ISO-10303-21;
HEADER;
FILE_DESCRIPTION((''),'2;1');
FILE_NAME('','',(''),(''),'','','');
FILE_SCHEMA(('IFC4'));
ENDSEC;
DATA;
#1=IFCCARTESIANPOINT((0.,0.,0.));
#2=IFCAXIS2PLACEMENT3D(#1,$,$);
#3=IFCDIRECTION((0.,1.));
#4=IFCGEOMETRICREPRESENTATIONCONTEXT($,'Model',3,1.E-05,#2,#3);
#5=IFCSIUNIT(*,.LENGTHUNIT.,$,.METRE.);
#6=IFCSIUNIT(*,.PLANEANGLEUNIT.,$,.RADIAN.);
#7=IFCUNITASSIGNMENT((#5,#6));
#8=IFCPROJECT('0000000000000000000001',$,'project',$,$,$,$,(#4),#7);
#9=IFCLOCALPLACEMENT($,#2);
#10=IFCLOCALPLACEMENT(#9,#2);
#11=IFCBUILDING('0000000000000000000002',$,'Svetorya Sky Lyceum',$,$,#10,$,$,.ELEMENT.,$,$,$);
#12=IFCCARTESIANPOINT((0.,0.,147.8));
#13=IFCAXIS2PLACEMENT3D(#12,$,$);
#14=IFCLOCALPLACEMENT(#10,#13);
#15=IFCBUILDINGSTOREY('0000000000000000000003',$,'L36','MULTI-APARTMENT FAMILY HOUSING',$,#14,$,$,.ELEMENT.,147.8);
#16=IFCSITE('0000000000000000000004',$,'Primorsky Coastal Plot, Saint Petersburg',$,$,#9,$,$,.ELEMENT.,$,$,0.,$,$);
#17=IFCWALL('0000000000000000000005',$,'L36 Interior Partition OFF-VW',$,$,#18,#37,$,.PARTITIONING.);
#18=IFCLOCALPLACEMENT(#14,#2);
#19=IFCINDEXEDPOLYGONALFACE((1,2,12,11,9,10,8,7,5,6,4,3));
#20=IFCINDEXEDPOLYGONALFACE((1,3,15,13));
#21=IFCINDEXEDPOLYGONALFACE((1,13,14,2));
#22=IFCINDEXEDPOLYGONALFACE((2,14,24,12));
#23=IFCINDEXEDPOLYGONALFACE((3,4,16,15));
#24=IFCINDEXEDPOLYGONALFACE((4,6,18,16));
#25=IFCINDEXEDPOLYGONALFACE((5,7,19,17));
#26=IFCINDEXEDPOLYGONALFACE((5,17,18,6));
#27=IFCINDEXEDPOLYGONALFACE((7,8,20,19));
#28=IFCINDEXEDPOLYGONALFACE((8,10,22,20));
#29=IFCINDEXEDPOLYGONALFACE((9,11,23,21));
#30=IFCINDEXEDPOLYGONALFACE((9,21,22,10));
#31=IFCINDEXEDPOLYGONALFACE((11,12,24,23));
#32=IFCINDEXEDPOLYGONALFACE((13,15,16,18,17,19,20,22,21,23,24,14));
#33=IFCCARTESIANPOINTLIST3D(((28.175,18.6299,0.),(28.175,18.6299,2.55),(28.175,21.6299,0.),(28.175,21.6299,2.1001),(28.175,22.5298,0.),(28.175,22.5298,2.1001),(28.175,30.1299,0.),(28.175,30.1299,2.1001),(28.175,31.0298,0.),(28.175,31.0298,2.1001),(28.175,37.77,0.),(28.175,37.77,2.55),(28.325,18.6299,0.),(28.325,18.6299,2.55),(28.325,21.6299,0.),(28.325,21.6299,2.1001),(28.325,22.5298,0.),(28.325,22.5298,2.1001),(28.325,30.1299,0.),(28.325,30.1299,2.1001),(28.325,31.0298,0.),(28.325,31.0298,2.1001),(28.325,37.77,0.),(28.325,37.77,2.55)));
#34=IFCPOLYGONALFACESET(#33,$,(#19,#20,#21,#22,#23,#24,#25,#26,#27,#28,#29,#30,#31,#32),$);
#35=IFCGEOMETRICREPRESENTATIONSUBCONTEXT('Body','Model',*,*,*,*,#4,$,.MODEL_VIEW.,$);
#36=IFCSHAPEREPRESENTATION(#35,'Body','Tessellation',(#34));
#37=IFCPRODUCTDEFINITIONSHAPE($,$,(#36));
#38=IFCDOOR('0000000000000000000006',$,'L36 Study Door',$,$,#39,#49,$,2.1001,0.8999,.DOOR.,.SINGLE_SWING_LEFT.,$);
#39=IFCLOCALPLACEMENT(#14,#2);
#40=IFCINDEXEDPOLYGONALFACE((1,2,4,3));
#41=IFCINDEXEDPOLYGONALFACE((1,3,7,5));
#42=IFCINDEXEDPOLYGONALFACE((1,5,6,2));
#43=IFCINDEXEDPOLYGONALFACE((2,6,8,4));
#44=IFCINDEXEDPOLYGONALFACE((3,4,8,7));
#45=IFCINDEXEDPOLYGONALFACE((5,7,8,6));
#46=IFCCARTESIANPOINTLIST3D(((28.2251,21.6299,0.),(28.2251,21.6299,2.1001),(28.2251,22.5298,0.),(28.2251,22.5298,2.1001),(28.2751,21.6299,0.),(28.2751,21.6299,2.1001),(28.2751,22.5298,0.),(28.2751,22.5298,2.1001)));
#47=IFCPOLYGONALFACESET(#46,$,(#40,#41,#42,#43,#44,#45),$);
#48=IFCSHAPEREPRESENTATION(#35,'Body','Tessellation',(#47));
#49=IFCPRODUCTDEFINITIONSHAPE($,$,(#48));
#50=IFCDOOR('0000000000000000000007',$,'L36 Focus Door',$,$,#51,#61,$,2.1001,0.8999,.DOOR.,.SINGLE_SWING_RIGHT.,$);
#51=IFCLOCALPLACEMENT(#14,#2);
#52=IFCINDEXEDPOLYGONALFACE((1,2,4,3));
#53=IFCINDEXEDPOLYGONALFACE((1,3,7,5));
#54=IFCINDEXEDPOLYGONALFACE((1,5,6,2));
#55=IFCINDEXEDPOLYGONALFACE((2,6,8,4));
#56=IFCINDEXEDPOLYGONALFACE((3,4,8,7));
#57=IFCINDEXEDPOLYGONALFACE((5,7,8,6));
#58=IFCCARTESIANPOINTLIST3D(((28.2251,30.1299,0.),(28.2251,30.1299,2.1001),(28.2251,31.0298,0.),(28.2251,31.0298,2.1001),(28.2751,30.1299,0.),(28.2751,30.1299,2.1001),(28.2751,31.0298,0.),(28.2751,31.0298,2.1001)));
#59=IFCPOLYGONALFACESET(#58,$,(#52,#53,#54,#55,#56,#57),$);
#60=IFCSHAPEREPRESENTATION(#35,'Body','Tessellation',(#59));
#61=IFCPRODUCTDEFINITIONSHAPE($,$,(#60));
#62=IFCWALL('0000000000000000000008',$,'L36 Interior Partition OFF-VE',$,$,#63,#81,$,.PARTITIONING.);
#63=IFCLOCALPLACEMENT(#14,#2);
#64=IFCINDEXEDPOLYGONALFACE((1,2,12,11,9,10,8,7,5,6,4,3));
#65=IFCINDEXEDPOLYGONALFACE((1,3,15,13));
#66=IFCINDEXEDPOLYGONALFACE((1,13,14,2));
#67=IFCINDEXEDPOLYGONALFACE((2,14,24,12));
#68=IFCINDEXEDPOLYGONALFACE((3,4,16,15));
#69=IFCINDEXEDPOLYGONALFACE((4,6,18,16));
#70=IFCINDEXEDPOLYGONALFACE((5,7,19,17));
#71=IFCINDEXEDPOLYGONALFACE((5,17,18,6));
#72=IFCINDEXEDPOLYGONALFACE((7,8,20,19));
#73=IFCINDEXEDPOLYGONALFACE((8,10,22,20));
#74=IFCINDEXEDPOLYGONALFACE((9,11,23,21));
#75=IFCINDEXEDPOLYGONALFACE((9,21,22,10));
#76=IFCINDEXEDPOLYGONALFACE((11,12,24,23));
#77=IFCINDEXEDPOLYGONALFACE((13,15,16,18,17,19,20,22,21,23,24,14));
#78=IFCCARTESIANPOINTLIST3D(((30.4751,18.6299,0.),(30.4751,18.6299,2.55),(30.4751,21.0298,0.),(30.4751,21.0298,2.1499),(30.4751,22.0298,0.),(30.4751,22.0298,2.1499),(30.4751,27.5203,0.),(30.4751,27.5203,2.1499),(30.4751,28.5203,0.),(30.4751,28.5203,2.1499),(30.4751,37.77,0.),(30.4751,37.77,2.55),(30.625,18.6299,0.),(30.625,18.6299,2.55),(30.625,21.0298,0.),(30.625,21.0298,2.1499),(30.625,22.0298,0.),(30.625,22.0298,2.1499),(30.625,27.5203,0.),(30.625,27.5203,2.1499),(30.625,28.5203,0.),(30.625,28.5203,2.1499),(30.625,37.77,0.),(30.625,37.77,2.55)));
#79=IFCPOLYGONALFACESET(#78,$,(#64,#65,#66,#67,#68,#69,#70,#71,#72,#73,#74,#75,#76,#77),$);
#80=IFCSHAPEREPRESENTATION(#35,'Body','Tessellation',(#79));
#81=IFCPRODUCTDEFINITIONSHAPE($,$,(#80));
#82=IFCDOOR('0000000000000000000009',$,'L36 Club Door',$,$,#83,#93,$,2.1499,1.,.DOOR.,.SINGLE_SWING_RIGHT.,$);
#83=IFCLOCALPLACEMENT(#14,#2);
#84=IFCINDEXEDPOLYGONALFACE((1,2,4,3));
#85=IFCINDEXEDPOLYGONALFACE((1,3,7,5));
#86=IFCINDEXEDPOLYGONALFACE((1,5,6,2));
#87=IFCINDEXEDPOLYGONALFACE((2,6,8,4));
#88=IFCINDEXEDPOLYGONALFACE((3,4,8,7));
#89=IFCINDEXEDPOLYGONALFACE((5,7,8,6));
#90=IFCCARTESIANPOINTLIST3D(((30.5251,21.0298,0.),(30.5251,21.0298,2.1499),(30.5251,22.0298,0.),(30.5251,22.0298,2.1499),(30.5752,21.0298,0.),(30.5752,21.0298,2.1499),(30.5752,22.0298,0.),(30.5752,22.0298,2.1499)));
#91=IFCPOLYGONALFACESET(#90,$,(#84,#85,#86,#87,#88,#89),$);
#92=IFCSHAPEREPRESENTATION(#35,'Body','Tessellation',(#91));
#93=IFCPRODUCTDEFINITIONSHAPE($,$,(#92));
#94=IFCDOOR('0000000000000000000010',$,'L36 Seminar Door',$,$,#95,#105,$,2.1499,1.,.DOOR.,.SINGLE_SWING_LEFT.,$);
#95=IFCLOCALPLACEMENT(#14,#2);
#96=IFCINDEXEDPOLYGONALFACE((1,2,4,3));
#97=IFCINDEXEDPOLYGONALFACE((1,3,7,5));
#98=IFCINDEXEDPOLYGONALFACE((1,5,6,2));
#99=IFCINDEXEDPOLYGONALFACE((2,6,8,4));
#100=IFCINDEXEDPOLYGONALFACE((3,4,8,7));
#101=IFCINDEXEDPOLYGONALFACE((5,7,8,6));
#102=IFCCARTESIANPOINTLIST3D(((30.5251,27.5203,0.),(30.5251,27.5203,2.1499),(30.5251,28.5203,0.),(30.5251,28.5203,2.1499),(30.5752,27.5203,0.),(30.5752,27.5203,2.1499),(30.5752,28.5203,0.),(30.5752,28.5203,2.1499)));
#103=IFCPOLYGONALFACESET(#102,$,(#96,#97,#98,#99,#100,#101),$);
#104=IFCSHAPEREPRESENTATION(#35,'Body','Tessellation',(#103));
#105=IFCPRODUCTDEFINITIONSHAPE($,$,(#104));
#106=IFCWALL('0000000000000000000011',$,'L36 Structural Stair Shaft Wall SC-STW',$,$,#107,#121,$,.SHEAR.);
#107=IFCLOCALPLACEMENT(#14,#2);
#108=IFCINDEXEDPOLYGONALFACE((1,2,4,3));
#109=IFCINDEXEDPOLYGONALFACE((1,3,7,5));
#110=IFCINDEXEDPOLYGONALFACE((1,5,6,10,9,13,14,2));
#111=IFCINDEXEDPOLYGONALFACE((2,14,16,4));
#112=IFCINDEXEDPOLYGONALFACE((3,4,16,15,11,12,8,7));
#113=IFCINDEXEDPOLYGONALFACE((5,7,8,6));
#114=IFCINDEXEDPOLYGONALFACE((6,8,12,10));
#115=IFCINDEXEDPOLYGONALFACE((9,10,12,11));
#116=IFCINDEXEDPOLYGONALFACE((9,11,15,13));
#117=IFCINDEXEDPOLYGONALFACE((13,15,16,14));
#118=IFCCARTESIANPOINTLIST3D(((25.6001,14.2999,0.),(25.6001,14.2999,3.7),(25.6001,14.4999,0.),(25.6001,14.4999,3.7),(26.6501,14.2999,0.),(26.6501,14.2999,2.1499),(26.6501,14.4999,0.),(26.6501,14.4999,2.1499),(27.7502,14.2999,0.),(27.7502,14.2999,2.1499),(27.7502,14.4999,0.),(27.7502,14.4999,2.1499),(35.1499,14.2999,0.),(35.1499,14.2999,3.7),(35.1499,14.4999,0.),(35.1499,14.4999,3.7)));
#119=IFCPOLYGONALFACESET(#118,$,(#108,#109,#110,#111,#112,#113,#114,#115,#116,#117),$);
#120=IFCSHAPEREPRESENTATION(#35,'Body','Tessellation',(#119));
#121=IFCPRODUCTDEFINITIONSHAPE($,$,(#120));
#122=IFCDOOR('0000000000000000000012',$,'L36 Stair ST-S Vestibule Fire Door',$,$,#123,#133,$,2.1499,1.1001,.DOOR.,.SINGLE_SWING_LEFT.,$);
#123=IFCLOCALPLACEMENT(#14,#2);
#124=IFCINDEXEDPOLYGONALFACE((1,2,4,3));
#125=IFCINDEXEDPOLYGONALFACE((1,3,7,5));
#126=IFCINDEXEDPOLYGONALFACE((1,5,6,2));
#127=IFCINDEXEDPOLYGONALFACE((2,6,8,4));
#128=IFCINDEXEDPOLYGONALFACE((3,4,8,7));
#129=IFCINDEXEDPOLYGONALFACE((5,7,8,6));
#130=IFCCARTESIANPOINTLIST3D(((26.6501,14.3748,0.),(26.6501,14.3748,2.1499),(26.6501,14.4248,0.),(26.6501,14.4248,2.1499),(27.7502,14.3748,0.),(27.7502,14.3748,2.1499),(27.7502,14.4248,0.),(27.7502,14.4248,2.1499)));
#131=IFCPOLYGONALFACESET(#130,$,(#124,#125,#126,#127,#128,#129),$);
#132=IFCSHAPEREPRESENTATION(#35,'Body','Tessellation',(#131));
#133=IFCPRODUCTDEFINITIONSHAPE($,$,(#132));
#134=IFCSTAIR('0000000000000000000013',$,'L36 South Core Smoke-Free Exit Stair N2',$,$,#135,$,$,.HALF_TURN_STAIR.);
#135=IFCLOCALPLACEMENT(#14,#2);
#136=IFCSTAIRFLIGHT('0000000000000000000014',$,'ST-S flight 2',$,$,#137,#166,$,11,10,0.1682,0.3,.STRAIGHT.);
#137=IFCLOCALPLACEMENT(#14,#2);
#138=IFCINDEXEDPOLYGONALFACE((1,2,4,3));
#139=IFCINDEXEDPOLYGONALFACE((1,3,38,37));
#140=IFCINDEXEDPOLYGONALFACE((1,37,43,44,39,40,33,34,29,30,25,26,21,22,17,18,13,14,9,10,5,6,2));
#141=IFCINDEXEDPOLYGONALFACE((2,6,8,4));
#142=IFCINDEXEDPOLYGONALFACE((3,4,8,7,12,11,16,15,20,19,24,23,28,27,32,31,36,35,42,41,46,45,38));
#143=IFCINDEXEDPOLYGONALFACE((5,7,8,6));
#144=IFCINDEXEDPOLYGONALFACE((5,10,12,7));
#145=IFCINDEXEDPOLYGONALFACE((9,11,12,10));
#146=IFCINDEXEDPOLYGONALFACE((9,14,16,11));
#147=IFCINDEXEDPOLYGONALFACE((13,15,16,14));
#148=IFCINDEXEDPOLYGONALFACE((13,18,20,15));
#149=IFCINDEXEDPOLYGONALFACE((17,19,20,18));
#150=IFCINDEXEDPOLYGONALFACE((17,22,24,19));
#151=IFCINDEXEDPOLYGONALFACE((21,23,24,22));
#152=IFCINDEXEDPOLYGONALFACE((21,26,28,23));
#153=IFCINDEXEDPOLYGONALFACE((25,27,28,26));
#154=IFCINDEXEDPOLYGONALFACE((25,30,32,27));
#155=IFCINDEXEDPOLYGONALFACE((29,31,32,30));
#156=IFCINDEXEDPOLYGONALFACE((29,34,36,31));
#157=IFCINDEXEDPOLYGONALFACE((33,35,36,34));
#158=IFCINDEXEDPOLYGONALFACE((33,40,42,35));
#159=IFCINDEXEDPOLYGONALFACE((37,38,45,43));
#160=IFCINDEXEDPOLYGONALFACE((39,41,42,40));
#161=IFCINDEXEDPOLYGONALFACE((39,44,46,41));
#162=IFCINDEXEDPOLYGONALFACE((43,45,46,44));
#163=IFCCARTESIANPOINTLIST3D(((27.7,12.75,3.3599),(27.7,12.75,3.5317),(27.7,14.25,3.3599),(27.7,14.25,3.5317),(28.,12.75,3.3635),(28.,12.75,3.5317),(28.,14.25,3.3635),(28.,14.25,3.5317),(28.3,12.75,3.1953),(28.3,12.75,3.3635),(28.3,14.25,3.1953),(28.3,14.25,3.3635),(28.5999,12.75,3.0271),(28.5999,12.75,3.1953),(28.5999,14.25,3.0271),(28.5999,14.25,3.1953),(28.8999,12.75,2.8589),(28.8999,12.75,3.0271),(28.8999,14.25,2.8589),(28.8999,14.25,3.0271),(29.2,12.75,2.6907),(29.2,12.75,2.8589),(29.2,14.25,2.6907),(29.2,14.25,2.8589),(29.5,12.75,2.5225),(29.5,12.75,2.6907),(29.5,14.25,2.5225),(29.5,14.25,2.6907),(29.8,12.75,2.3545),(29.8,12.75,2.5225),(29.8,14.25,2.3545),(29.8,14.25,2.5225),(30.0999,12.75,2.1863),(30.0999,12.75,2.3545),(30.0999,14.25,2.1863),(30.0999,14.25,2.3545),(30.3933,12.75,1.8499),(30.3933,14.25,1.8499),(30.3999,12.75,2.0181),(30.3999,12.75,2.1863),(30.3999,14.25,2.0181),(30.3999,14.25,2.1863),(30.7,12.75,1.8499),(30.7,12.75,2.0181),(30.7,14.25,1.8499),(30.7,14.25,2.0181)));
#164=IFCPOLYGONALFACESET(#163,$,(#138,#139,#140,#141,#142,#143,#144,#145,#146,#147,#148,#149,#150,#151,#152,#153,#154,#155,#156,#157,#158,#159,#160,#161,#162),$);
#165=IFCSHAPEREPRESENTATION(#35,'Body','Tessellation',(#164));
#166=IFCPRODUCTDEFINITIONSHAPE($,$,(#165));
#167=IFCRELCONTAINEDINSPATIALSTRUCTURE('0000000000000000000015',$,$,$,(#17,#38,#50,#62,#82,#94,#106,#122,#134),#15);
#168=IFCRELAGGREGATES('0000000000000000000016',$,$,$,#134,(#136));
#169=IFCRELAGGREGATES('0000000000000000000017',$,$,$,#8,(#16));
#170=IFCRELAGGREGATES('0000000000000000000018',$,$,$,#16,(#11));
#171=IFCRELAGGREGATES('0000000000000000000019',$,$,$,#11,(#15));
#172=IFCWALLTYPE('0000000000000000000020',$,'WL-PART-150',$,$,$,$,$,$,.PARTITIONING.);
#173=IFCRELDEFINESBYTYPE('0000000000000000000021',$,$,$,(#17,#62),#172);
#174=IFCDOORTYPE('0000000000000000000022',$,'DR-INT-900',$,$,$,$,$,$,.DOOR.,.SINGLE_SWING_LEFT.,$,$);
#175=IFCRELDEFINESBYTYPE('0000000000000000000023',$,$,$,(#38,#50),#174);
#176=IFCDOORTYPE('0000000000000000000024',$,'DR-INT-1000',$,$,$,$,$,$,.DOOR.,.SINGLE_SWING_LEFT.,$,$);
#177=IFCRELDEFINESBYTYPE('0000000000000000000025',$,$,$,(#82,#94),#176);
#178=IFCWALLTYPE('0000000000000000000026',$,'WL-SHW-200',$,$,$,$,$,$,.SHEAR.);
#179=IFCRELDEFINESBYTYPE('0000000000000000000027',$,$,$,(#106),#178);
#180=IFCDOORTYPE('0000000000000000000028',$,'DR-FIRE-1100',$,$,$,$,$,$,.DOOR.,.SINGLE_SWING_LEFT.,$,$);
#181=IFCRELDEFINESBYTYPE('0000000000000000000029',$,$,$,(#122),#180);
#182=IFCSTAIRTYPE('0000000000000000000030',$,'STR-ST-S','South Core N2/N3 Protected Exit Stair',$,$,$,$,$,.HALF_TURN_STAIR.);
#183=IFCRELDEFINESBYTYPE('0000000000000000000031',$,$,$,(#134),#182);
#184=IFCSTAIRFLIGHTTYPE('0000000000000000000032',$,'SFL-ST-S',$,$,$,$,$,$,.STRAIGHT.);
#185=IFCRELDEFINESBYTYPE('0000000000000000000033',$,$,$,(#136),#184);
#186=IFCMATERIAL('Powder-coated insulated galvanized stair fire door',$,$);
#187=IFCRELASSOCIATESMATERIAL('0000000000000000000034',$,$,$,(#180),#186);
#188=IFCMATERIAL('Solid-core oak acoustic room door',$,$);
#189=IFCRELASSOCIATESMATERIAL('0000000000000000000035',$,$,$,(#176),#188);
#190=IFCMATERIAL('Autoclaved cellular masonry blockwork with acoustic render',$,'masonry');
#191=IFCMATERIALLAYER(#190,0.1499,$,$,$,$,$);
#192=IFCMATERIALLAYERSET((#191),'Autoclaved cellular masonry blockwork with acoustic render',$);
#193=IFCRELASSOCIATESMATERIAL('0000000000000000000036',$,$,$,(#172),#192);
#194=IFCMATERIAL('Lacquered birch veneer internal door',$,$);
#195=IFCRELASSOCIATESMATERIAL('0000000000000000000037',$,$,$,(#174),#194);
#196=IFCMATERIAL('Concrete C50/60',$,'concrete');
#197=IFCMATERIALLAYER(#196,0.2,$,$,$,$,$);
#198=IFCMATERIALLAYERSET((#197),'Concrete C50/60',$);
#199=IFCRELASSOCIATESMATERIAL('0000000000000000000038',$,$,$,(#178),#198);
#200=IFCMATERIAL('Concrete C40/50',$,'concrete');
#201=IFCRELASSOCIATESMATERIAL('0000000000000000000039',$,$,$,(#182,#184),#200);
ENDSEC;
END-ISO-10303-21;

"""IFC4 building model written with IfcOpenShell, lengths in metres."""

from ifc_helpers import new_model, si_unit, direction, frame, frame_2d, origin, place, context, subcontext, project, spatial, polyline, rectangle, outline, extrude, material, layer, layer_set, type_object, element, fill, aggregate, save


model = new_model("IFC4")

# Units and contexts
model_context = context("Model", 3, precision=1e-05, world=origin(), true_north=direction((0.0, 1.0)))
body_context = subcontext(model_context, "Body", "Model", "MODEL_VIEW")
ifc_project = project(units=[si_unit("LENGTHUNIT", "METRE"), si_unit("PLANEANGLEUNIT", "RADIAN")], contexts=[model_context])

# Site, building, storey
site_placement = place(None, origin())
site = spatial("IfcSite", under=ifc_project, at=site_placement, Name="Primorsky Coastal Plot, Saint Petersburg", CompositionType="ELEMENT", RefElevation=0.0)
building_placement = place(site_placement, origin())
building = spatial("IfcBuilding", under=site, at=building_placement, Name="Svetorya Sky Lyceum", CompositionType="ELEMENT")
storey_placement = place(building_placement, frame((0.0, 0.0, 147.8)))
storey = spatial("IfcBuildingStorey", under=building, at=storey_placement, Name="L36", Description="MULTI-APARTMENT FAMILY HOUSING", CompositionType="ELEMENT", Elevation=147.8)

# Shared definitions
ifc_material_1 = material(Name="Concrete C50/60", Category="concrete")

# Shared definitions
ifc_material_2 = material(Name="Powder-coated insulated galvanized stair fire door")
door_type_1 = type_object("IfcDoorType", Name="DR-FIRE-1100", OperationType="SINGLE_SWING_LEFT", PredefinedType="DOOR", material=ifc_material_2)
ifc_material_3 = material(Name="Solid-core oak acoustic room door")
door_type_2 = type_object("IfcDoorType", Name="DR-INT-1000", OperationType="SINGLE_SWING_LEFT", PredefinedType="DOOR", material=ifc_material_3)

# Shared definitions
ifc_material_4 = material(Name="Autoclaved cellular masonry blockwork with acoustic render", Category="masonry")
ifc_layer_1 = layer(ifc_material_4, 0.1499)
ifc_layer_set_1 = layer_set([ifc_layer_1], Name="Autoclaved cellular masonry blockwork with acoustic render")
wall_type_1 = type_object("IfcWallType", Name="WL-PART-150", PredefinedType="PARTITIONING", material=ifc_layer_set_1)

# Walls, openings, doors
wall_1_placement = place(storey_placement, frame((28.25, 18.6299, 0.0), z_axis=(0.0, 0.0, 1.0), x_axis=(0.0, 1.0, 0.0)))
wall_1 = element("IfcWall", 1, at=wall_1_placement, inside=storey, type_object=wall_type_1, Name="L36 Interior Partition OFF-VW", PredefinedType="PARTITIONING", context=body_context, shape_type="SweptSolid", body=[
    extrude(rectangle(XDim=19.1401, YDim=0.1499, at=frame_2d((9.5701, 0.0))), origin(), (0.0, 0.0, 1.0), 2.55),
])
opening_1_placement = place(wall_1_placement, frame((3.0, 0.0, 0.0)))
opening_1 = element("IfcOpeningElement", 2, at=opening_1_placement, cuts=wall_1, PredefinedType="OPENING", context=body_context, shape_type="SweptSolid", body=[
    extrude(rectangle(XDim=0.8999, YDim=2.1001, at=frame_2d((0.45, 1.05))), frame((0.0, 0.085, 0.0), z_axis=(0.0, -1.0, 0.0), x_axis=(1.0, 0.0, 0.0)), (0.0, 0.0, 1.0), 0.1699),
])
opening_2_placement = place(wall_1_placement, frame((11.5, 0.0, 0.0)))
opening_2 = element("IfcOpeningElement", 3, at=opening_2_placement, cuts=wall_1, PredefinedType="OPENING", context=body_context, shape_type="SweptSolid", body=[
    extrude(rectangle(XDim=0.8999, YDim=2.1001, at=frame_2d((0.45, 1.05))), frame((0.0, 0.085, 0.0), z_axis=(0.0, -1.0, 0.0), x_axis=(1.0, 0.0, 0.0)), (0.0, 0.0, 1.0), 0.1699),
])
ifc_material_5 = material(Name="Lacquered birch veneer internal door")
door_type_3 = type_object("IfcDoorType", Name="DR-INT-900", OperationType="SINGLE_SWING_LEFT", PredefinedType="DOOR", material=ifc_material_5)
door_1_placement = place(opening_1_placement, origin())
door_1 = element("IfcDoor", 4, at=door_1_placement, inside=storey, type_object=door_type_3, Name="L36 Study Door", OperationType="SINGLE_SWING_LEFT", OverallHeight=2.1001, OverallWidth=0.8999, PredefinedType="DOOR", context=body_context, shape_type="SweptSolid", body=[
    extrude(rectangle(XDim=0.8999, YDim=2.1001, at=frame_2d((0.45, 1.05))), frame((0.0, 0.0249, 0.0), z_axis=(0.0, -1.0, 0.0), x_axis=(1.0, 0.0, 0.0)), (0.0, 0.0, 1.0), 0.05),
])
fill(opening_1, door_1)
door_2_placement = place(opening_2_placement, origin())
door_2 = element("IfcDoor", 5, at=door_2_placement, inside=storey, type_object=door_type_3, Name="L36 Focus Door", OperationType="SINGLE_SWING_RIGHT", OverallHeight=2.1001, OverallWidth=0.8999, PredefinedType="DOOR", context=body_context, shape_type="SweptSolid", body=[
    extrude(rectangle(XDim=0.8999, YDim=2.1001, at=frame_2d((0.45, 1.05))), frame((0.0, 0.0249, 0.0), z_axis=(0.0, -1.0, 0.0), x_axis=(1.0, 0.0, 0.0)), (0.0, 0.0, 1.0), 0.05),
])
fill(opening_2, door_2)
wall_2_placement = place(storey_placement, frame((30.55, 18.6299, 0.0), z_axis=(0.0, 0.0, 1.0), x_axis=(0.0, 1.0, 0.0)))
wall_2 = element("IfcWall", 6, at=wall_2_placement, inside=storey, type_object=wall_type_1, Name="L36 Interior Partition OFF-VE", PredefinedType="PARTITIONING", context=body_context, shape_type="SweptSolid", body=[
    extrude(rectangle(XDim=19.1401, YDim=0.1499, at=frame_2d((9.5701, 0.0))), origin(), (0.0, 0.0, 1.0), 2.55),
])
opening_3_placement = place(wall_2_placement, frame((2.3999, 0.0, 0.0)))
opening_3 = element("IfcOpeningElement", 7, at=opening_3_placement, cuts=wall_2, PredefinedType="OPENING", context=body_context, shape_type="SweptSolid", body=[
    extrude(rectangle(XDim=1.0, YDim=2.1499, at=frame_2d((0.5, 1.075))), frame((0.0, 0.085, 0.0), z_axis=(0.0, -1.0, 0.0), x_axis=(1.0, 0.0, 0.0)), (0.0, 0.0, 1.0), 0.1699),
])
opening_4_placement = place(wall_2_placement, frame((8.8904, 0.0, 0.0)))
opening_4 = element("IfcOpeningElement", 8, at=opening_4_placement, cuts=wall_2, PredefinedType="OPENING", context=body_context, shape_type="SweptSolid", body=[
    extrude(rectangle(XDim=1.0, YDim=2.1499, at=frame_2d((0.5, 1.075))), frame((0.0, 0.085, 0.0), z_axis=(0.0, -1.0, 0.0), x_axis=(1.0, 0.0, 0.0)), (0.0, 0.0, 1.0), 0.1699),
])
door_3_placement = place(opening_3_placement, origin())
door_3 = element("IfcDoor", 9, at=door_3_placement, inside=storey, type_object=door_type_2, Name="L36 Club Door", OperationType="SINGLE_SWING_RIGHT", OverallHeight=2.1499, OverallWidth=1.0, PredefinedType="DOOR", context=body_context, shape_type="SweptSolid", body=[
    extrude(rectangle(XDim=1.0, YDim=2.1499, at=frame_2d((0.5, 1.075))), frame((0.0, 0.0249, 0.0), z_axis=(0.0, -1.0, 0.0), x_axis=(1.0, 0.0, 0.0)), (0.0, 0.0, 1.0), 0.05),
])
fill(opening_3, door_3)
door_4_placement = place(opening_4_placement, origin())
door_4 = element("IfcDoor", 10, at=door_4_placement, inside=storey, type_object=door_type_2, Name="L36 Seminar Door", OperationType="SINGLE_SWING_LEFT", OverallHeight=2.1499, OverallWidth=1.0, PredefinedType="DOOR", context=body_context, shape_type="SweptSolid", body=[
    extrude(rectangle(XDim=1.0, YDim=2.1499, at=frame_2d((0.5, 1.075))), frame((0.0, 0.0249, 0.0), z_axis=(0.0, -1.0, 0.0), x_axis=(1.0, 0.0, 0.0)), (0.0, 0.0, 1.0), 0.05),
])
fill(opening_4, door_4)

# Wall, opening, door
ifc_layer_2 = layer(ifc_material_1, 0.2)
ifc_layer_set_2 = layer_set([ifc_layer_2], Name="Concrete C50/60")
wall_type_2 = type_object("IfcWallType", Name="WL-SHW-200", PredefinedType="SHEAR", material=ifc_layer_set_2)
wall_3_placement = place(storey_placement, frame((25.6001, 14.3999, 0.0), z_axis=(0.0, 0.0, 1.0), x_axis=(1.0, 0.0, 0.0)))
wall_3 = element("IfcWall", 11, at=wall_3_placement, inside=storey, type_object=wall_type_2, Name="L36 Structural Stair Shaft Wall SC-STW", PredefinedType="SHEAR", context=body_context, shape_type="SweptSolid", body=[
    extrude(rectangle(XDim=9.5498, YDim=0.2, at=frame_2d((4.7749, 0.0))), origin(), (0.0, 0.0, 1.0), 3.7),
])
opening_5_placement = place(wall_3_placement, frame((1.05, 0.0, 0.0)))
opening_5 = element("IfcOpeningElement", 12, at=opening_5_placement, cuts=wall_3, PredefinedType="OPENING", context=body_context, shape_type="SweptSolid", body=[
    extrude(rectangle(XDim=1.1001, YDim=2.1499, at=frame_2d((0.55, 1.075))), frame((0.0, 0.1099, 0.0), z_axis=(0.0, -1.0, 0.0), x_axis=(1.0, 0.0, 0.0)), (0.0, 0.0, 1.0), 0.22),
])
door_5_placement = place(opening_5_placement, origin())
door_5 = element("IfcDoor", 13, at=door_5_placement, inside=storey, type_object=door_type_1, Name="L36 Stair ST-S Vestibule Fire Door", OperationType="SINGLE_SWING_LEFT", OverallHeight=2.1499, OverallWidth=1.1001, PredefinedType="DOOR", context=body_context, shape_type="SweptSolid", body=[
    extrude(rectangle(XDim=1.1001, YDim=2.1499, at=frame_2d((0.55, 1.075))), frame((0.0, 0.0249, 0.0), z_axis=(0.0, -1.0, 0.0), x_axis=(1.0, 0.0, 0.0)), (0.0, 0.0, 1.0), 0.05),
])
fill(opening_5, door_5)

# Stair, stair flight
ifc_material_6 = material(Name="Concrete C40/50", Category="concrete")
stair_type = type_object("IfcStairType", Name="STR-ST-S", Description="South Core N2/N3 Protected Exit Stair", PredefinedType="HALF_TURN_STAIR", material=ifc_material_6)
stair_placement = place(storey_placement, origin())
stair = element("IfcStair", 14, at=stair_placement, inside=storey, type_object=stair_type, Name="L36 South Core Smoke-Free Exit Stair N2", PredefinedType="HALF_TURN_STAIR")
stair_flight_type = type_object("IfcStairFlightType", Name="SFL-ST-S", PredefinedType="STRAIGHT", material=ifc_material_6)
stair_flight_placement = place(storey_placement, frame((30.7, 13.5, 1.8499), z_axis=(0.0, 0.0, 1.0), x_axis=(-1.0, 0.0, 0.0)))
stair_flight = element("IfcStairFlight", 15, at=stair_flight_placement, type_object=stair_flight_type, Name="ST-S flight 2", NumberOfRisers=11, NumberOfTreads=10, PredefinedType="STRAIGHT", RiserHeight=0.1682, TreadLength=0.3, context=body_context, shape_type="SweptSolid", body=[
    extrude(outline(polyline([(0.0, 0.0), (0.0, 0.1682), (0.3, 0.1682), (0.3, 0.3364), (0.6001, 0.3364), (0.6001, 0.5046), (0.8999, 0.5046), (0.8999, 0.6726), (1.2, 0.6726), (1.2, 0.8408), (1.5, 0.8408), (1.5, 1.009), (1.8, 1.009), (1.8, 1.1772), (2.1001, 1.1772), (2.1001, 1.3455), (2.3999, 1.3455), (2.3999, 1.5137), (2.7, 1.5137), (2.7, 1.6819), (3.0, 1.6819), (3.0, 1.8501), (3.0, 1.51), (0.3066, 0.0), (0.0, 0.0)])), frame((0.0, 0.75, 0.0), z_axis=(0.0, -1.0, 0.0), x_axis=(1.0, 0.0, 0.0)), (0.0, 0.0, 1.0), 1.5),
])
aggregate(stair, [stair_flight])

save(model, "model.ifc")
